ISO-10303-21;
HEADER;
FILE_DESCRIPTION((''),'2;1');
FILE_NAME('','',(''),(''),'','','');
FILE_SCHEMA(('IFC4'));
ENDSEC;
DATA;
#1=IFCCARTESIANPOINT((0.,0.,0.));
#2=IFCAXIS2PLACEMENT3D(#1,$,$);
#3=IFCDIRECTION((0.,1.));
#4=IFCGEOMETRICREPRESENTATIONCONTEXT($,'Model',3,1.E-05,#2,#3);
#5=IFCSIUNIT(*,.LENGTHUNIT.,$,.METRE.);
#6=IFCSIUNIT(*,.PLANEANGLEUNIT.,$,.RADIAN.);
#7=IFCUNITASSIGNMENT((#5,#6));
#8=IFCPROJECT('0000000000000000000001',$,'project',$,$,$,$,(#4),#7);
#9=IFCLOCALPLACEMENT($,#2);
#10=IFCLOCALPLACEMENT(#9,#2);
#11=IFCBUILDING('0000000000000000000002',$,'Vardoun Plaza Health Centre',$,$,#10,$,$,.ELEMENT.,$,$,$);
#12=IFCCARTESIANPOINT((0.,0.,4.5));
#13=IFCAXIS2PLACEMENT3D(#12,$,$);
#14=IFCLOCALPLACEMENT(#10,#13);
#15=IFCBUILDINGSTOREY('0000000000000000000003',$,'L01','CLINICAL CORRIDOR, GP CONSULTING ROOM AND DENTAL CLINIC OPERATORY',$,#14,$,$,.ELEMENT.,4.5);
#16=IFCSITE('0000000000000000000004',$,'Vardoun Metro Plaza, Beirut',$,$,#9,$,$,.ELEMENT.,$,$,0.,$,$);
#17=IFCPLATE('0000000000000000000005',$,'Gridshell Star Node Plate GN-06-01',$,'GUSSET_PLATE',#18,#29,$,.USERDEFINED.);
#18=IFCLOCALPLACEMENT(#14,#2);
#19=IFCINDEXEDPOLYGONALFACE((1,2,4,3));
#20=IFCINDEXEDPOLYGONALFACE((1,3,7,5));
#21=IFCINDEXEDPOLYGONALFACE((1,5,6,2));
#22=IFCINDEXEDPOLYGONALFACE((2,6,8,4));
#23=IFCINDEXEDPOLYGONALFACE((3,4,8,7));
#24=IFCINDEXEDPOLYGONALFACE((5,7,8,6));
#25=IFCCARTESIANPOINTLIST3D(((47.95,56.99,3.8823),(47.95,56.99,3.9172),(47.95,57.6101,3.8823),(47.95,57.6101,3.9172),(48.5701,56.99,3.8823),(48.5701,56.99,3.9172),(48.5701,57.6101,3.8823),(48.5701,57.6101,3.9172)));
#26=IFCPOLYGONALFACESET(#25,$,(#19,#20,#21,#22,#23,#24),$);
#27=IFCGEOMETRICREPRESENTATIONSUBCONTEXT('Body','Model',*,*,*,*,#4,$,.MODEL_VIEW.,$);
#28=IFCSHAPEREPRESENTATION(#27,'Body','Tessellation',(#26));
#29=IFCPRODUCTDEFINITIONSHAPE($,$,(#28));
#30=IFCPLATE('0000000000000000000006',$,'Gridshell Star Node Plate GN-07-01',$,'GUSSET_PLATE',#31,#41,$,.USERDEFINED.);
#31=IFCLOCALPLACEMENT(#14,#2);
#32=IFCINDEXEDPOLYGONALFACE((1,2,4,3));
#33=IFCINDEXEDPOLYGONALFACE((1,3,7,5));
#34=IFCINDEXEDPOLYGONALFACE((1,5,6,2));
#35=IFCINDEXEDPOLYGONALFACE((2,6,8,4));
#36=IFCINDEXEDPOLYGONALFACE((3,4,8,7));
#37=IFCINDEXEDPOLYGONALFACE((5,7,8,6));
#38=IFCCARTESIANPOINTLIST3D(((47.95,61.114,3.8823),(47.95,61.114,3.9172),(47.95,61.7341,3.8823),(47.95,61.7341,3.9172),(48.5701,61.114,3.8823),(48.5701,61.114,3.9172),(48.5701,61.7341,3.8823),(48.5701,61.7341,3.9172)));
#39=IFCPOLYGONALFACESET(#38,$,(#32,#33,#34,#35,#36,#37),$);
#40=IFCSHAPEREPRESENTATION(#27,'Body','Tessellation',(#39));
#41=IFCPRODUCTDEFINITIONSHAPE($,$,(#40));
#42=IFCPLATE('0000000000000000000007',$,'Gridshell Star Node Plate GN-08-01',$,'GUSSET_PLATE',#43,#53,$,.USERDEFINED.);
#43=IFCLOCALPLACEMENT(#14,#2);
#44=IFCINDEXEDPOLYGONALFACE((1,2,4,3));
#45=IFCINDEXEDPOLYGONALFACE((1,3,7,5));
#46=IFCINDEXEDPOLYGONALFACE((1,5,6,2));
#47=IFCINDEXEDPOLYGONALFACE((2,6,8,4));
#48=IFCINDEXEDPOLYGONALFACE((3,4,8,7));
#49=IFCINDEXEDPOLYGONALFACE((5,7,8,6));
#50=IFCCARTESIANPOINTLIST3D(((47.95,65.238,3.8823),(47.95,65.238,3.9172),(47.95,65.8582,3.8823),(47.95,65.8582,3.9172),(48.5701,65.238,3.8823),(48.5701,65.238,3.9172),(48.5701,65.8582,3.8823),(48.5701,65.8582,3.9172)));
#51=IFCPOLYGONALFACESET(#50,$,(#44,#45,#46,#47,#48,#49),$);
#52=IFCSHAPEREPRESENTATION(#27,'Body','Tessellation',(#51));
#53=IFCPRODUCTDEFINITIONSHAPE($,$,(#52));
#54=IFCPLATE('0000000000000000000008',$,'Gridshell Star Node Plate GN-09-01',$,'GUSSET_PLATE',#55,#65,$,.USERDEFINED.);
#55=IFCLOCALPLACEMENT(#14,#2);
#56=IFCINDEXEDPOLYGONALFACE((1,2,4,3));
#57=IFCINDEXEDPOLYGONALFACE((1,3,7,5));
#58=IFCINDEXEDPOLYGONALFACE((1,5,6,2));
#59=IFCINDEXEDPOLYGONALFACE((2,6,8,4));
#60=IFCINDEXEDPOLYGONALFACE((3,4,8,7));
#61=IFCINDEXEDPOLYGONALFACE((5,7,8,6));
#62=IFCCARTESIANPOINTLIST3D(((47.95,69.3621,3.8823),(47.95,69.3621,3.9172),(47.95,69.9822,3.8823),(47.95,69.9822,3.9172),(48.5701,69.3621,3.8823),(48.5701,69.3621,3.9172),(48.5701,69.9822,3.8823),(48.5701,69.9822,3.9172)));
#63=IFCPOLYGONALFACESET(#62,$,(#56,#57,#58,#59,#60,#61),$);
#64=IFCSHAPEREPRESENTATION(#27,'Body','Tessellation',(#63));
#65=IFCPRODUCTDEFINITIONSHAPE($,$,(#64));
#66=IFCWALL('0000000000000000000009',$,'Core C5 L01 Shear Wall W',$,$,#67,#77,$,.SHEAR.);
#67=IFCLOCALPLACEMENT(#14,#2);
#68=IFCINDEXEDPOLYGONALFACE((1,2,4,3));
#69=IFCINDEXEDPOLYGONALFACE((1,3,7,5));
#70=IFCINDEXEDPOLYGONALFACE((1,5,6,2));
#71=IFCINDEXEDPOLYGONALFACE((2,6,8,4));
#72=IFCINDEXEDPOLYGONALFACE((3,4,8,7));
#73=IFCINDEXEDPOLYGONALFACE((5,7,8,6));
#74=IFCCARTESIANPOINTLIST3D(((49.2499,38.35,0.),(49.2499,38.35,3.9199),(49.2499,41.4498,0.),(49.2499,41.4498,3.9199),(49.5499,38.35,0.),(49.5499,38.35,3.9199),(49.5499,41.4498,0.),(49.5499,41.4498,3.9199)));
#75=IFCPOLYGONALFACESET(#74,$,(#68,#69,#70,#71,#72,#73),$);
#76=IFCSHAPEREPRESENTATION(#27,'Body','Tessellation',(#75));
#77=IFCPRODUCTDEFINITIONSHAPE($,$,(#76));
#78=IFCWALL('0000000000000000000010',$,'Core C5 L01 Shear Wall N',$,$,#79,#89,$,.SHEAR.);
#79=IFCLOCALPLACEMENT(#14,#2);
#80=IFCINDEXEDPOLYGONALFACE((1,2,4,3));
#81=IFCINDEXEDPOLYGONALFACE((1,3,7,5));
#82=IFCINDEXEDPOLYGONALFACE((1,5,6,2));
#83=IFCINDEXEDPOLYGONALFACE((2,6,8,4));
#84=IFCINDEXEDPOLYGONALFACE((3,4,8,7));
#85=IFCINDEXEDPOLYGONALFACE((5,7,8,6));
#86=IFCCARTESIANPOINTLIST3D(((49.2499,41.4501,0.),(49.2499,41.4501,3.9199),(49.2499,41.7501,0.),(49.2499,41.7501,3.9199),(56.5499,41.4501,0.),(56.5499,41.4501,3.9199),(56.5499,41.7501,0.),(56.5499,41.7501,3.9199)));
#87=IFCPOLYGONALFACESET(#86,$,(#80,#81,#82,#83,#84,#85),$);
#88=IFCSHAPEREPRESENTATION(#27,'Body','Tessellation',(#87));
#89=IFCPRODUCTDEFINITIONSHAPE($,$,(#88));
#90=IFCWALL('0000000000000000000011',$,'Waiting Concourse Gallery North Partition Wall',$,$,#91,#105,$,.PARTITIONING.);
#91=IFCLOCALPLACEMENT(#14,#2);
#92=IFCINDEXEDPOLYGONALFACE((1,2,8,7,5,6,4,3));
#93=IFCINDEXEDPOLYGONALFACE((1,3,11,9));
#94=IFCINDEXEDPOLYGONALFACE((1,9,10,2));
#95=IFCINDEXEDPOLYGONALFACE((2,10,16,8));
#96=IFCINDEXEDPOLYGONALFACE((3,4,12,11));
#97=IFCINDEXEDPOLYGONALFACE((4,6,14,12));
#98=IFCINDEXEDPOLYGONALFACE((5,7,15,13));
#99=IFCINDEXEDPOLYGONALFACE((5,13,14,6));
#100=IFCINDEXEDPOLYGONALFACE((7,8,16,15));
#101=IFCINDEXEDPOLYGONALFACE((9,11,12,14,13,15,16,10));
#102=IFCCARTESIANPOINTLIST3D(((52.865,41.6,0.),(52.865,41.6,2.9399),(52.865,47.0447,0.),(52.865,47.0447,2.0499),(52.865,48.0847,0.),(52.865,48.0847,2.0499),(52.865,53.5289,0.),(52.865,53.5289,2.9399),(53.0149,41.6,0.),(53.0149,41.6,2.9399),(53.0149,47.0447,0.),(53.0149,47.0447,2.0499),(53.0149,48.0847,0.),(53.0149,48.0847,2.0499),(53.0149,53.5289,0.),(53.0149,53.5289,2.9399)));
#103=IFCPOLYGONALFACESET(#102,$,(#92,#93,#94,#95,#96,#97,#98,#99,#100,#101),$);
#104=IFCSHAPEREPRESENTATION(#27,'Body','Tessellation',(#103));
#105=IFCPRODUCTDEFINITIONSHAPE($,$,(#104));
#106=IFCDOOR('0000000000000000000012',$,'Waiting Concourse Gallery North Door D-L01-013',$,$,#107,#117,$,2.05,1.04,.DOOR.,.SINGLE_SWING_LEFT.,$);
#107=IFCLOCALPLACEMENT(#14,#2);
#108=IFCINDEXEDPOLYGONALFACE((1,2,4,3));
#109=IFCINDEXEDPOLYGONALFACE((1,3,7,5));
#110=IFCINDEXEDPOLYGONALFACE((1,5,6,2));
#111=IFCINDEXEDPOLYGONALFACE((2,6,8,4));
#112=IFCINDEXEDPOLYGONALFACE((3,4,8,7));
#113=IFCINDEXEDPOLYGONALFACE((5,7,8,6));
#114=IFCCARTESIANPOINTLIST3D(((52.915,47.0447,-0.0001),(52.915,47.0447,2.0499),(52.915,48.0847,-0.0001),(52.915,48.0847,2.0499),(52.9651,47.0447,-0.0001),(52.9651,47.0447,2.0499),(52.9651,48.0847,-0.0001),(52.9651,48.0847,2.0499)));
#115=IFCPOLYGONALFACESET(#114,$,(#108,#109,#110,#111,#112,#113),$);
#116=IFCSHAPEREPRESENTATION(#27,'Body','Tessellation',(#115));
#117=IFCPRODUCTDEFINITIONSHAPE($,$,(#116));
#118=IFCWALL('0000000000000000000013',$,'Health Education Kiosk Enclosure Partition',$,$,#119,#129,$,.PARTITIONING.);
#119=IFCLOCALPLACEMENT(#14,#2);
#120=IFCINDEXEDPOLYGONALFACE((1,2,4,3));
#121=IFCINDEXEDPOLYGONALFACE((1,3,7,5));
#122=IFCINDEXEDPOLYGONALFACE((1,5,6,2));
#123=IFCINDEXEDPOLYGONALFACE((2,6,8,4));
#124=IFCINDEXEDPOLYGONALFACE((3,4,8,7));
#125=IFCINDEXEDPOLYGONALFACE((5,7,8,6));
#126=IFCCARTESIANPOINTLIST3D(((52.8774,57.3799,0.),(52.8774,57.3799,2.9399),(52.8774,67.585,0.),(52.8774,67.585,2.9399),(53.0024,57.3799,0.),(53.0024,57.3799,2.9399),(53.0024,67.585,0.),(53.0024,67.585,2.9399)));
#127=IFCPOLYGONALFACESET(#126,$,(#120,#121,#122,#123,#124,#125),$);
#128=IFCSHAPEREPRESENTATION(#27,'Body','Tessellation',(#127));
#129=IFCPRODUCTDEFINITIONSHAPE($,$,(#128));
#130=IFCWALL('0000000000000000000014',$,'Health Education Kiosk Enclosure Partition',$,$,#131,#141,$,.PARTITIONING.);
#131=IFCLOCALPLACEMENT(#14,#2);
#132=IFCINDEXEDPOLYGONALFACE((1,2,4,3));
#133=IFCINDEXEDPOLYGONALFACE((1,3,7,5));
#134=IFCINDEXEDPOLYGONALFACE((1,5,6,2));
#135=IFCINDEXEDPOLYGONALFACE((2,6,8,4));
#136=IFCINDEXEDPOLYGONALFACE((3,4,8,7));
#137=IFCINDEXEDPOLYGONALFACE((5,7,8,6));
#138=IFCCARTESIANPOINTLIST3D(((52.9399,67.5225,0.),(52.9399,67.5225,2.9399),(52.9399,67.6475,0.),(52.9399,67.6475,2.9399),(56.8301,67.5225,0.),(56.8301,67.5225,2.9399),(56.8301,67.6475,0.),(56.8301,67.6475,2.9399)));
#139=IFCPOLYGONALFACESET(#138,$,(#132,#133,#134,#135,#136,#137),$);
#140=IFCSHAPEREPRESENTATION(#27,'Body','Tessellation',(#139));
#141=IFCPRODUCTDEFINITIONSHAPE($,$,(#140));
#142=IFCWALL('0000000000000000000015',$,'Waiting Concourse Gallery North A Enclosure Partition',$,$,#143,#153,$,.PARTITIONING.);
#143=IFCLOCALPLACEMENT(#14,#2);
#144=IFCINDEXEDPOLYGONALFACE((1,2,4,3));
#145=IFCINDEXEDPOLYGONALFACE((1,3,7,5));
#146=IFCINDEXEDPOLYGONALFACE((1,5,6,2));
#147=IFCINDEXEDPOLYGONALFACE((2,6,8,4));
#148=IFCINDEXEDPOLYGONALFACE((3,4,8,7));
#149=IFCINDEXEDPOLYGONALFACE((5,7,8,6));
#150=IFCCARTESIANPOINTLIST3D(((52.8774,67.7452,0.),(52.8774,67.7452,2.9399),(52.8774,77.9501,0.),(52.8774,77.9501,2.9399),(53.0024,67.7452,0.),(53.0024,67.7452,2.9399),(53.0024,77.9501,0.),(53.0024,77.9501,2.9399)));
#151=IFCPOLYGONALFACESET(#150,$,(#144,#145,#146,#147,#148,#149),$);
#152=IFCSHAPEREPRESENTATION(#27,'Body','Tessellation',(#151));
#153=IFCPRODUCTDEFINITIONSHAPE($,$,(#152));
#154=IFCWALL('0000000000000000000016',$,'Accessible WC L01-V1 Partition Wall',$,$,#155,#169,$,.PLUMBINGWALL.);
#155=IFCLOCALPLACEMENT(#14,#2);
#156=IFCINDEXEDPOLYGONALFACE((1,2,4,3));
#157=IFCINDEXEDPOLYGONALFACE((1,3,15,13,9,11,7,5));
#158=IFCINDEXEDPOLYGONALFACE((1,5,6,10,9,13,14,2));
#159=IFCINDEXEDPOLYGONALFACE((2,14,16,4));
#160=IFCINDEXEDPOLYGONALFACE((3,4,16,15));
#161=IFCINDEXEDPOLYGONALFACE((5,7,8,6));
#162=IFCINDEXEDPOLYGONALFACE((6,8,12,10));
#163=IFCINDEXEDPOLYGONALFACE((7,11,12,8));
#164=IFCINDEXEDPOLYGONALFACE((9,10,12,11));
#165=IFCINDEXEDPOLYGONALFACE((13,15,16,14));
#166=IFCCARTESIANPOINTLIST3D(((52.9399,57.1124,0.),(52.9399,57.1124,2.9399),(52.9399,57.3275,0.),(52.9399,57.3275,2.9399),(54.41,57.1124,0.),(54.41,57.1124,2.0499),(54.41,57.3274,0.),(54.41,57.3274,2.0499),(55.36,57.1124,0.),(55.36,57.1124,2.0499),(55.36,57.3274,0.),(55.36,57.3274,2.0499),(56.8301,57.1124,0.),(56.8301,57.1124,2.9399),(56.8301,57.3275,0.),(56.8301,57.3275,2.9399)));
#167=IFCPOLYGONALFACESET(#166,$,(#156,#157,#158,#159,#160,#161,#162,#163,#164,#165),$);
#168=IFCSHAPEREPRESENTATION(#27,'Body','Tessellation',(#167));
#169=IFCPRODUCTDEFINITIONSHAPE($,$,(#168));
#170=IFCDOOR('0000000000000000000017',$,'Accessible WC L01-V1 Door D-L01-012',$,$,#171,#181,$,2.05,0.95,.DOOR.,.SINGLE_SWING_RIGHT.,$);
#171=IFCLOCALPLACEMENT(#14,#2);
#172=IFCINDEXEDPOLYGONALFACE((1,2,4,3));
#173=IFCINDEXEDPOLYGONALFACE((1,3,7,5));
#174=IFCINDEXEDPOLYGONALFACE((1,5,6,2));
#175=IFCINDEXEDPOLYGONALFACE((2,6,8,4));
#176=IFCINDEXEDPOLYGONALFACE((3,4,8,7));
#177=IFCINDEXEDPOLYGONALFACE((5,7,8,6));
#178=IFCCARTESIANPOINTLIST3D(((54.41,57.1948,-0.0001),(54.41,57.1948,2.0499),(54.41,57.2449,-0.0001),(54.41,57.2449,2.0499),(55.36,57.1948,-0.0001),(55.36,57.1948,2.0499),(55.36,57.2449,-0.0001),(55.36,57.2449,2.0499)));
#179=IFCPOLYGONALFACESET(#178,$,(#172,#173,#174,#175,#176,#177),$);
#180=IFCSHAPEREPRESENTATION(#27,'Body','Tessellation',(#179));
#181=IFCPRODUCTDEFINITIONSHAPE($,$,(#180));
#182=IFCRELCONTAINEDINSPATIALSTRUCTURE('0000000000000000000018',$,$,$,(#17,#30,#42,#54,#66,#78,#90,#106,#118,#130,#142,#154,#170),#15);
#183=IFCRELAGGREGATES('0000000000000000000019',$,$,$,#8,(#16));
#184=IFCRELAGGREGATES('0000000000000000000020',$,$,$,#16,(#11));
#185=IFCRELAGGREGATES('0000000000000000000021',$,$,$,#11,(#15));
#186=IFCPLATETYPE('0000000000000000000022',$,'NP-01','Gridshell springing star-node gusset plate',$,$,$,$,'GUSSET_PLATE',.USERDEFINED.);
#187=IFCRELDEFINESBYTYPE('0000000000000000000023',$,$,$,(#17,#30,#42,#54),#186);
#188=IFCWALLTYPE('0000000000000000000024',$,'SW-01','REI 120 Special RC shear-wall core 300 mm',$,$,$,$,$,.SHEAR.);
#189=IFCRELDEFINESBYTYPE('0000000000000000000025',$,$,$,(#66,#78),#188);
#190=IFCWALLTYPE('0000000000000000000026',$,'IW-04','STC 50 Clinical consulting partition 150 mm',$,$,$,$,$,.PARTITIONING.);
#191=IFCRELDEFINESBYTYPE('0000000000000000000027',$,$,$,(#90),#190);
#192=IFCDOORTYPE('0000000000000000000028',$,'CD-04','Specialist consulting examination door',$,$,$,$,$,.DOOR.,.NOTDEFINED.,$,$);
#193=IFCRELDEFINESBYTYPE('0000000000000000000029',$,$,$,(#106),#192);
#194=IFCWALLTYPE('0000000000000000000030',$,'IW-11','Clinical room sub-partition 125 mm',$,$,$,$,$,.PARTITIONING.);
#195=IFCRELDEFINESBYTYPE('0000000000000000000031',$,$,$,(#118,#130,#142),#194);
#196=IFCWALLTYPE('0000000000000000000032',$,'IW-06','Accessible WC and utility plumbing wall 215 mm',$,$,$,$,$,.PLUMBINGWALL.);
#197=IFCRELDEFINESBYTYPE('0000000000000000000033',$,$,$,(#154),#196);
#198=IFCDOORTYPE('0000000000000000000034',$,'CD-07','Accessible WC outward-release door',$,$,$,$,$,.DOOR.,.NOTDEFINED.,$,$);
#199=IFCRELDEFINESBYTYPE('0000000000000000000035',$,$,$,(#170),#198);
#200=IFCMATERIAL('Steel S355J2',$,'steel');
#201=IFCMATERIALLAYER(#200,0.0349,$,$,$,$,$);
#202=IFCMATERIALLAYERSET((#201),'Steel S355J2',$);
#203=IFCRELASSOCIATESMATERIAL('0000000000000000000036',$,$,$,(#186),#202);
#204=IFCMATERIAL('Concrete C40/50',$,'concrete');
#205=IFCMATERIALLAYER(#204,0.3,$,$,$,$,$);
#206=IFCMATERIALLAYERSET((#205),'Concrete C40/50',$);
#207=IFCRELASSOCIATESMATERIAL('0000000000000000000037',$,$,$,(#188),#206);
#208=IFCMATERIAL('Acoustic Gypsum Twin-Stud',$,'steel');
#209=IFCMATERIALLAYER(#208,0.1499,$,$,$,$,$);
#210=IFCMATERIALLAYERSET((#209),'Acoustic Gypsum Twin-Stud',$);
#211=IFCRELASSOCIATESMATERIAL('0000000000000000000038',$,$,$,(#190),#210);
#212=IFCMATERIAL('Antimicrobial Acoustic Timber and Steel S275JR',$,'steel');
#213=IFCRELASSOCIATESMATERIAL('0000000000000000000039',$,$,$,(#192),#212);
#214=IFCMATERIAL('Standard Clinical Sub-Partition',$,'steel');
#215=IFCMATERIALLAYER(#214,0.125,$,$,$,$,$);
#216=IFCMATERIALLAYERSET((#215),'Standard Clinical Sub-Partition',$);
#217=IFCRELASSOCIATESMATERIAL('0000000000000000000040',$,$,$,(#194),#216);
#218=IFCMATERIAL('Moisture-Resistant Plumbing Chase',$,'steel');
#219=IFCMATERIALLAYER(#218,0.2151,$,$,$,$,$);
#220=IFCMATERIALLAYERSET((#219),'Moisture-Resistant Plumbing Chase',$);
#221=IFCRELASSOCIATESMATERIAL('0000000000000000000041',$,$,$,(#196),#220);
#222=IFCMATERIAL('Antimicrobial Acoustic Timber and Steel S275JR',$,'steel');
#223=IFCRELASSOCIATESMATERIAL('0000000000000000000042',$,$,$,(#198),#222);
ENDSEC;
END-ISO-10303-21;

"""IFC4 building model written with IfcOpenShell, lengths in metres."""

from ifc_helpers import new_model, si_unit, direction, frame, frame_2d, origin, origin_2d, place, context, subcontext, project, spatial, rectangle, extrude, material, layer, layer_set, type_object, element, fill, save


model = new_model("IFC4")

# Units and contexts
model_context = context("Model", 3, precision=1e-05, world=origin(), true_north=direction((0.0, 1.0)))
body_context = subcontext(model_context, "Body", "Model", "MODEL_VIEW")
ifc_project = project(units=[si_unit("LENGTHUNIT", "METRE"), si_unit("PLANEANGLEUNIT", "RADIAN")], contexts=[model_context])

# Site, building, storey
site_placement = place(None, origin())
site = spatial("IfcSite", under=ifc_project, at=site_placement, Name="Vardoun Metro Plaza, Beirut", CompositionType="ELEMENT", RefElevation=0.0)
building_placement = place(site_placement, origin())
building = spatial("IfcBuilding", under=site, at=building_placement, Name="Vardoun Plaza Health Centre", CompositionType="ELEMENT")
storey_placement = place(building_placement, frame((0.0, 0.0, 4.5)))
storey = spatial("IfcBuildingStorey", under=building, at=storey_placement, Name="L01", Description="CLINICAL CORRIDOR, GP CONSULTING ROOM AND DENTAL CLINIC OPERATORY", CompositionType="ELEMENT", Elevation=4.5)

# Plates
ifc_material_1 = material(Name="Steel S355J2", Category="steel")
ifc_layer_1 = layer(ifc_material_1, 0.0349)
ifc_layer_set_1 = layer_set([ifc_layer_1], Name="Steel S355J2")
plate_type_1 = type_object("IfcPlateType", Name="NP-01", Description="Gridshell springing star-node gusset plate", ElementType="GUSSET_PLATE", PredefinedType="USERDEFINED", material=ifc_layer_set_1)
for number, where, z_axis, x_axis, name in (
    (1, (48.26, 57.3, 3.8823), (0.0, 0.0, 1.0), (1.0, 0.0, 0.0), "Gridshell Star Node Plate GN-06-01"),
    (2, (48.26, 61.4241, 3.8823), (0.0, 0.0, 1.0), (1.0, 0.0, 0.0), "Gridshell Star Node Plate GN-07-01"),
    (3, (48.26, 65.5481, 3.8823), (0.0, 0.0, 1.0), (1.0, 0.0, 0.0), "Gridshell Star Node Plate GN-08-01"),
    (4, (48.26, 69.6721, 3.8823), (0.0, 0.0, 1.0), (1.0, 0.0, 0.0), "Gridshell Star Node Plate GN-09-01"),
):
    element("IfcPlate", number, at=place(storey_placement, frame(where, z_axis=z_axis, x_axis=x_axis)), inside=storey, type_object=plate_type_1, Name=name, ObjectType="GUSSET_PLATE", PredefinedType="USERDEFINED", context=body_context, shape_type="SweptSolid", body=[
        extrude(rectangle(XDim=0.6201, YDim=0.6201, at=origin_2d()), origin(), (0.0, 0.0, 1.0), 0.0349),
    ])

# Walls
ifc_material_2 = material(Name="Concrete C40/50", Category="concrete")
ifc_layer_2 = layer(ifc_material_2, 0.3)
ifc_layer_set_2 = layer_set([ifc_layer_2], Name="Concrete C40/50")
wall_type_1 = type_object("IfcWallType", Name="SW-01", Description="REI 120 Special RC shear-wall core 300 mm", PredefinedType="SHEAR", material=ifc_layer_set_2)
wall_1_placement = place(storey_placement, frame((49.3999, 38.3501, 0.0), z_axis=(0.0, 0.0, 1.0), x_axis=(0.0, 1.0, 0.0)))
element("IfcWall", 5, at=wall_1_placement, inside=storey, type_object=wall_type_1, Name="Core C5 L01 Shear Wall W", PredefinedType="SHEAR", context=body_context, shape_type="SweptSolid", body=[
    extrude(rectangle(XDim=3.0999, YDim=0.3, at=frame_2d((1.5498, 0.0))), origin(), (0.0, 0.0, 1.0), 3.9199),
])
wall_2_placement = place(storey_placement, frame((49.25, 41.6001, 0.0), z_axis=(0.0, 0.0, 1.0), x_axis=(1.0, 0.0, 0.0)))
element("IfcWall", 6, at=wall_2_placement, inside=storey, type_object=wall_type_1, Name="Core C5 L01 Shear Wall N", PredefinedType="SHEAR", context=body_context, shape_type="SweptSolid", body=[
    extrude(rectangle(XDim=7.3, YDim=0.3, at=frame_2d((3.6499, 0.0))), origin(), (0.0, 0.0, 1.0), 3.9199),
])

# Wall, opening, door
ifc_material_3 = material(Name="Acoustic Gypsum Twin-Stud", Category="steel")
ifc_layer_3 = layer(ifc_material_3, 0.1499)
ifc_layer_set_3 = layer_set([ifc_layer_3], Name="Acoustic Gypsum Twin-Stud")
wall_type_2 = type_object("IfcWallType", Name="IW-04", Description="STC 50 Clinical consulting partition 150 mm", PredefinedType="PARTITIONING", material=ifc_layer_set_3)
wall_3_placement = place(storey_placement, frame((52.9399, 41.6001, 0.0), z_axis=(0.0, 0.0, 1.0), x_axis=(0.0, 1.0, 0.0)))
wall_3 = element("IfcWall", 7, at=wall_3_placement, inside=storey, type_object=wall_type_2, Name="Waiting Concourse Gallery North Partition Wall", PredefinedType="PARTITIONING", context=body_context, shape_type="SweptSolid", body=[
    extrude(rectangle(XDim=11.929, YDim=0.1499, at=frame_2d((5.9644, 0.0))), origin(), (0.0, 0.0, 1.0), 2.9399),
])
opening_1_placement = place(wall_3_placement, frame((5.4446, 0.0, 0.0)))
opening_1 = element("IfcOpeningElement", 8, at=opening_1_placement, cuts=wall_3, PredefinedType="OPENING", context=body_context, shape_type="SweptSolid", body=[
    extrude(rectangle(XDim=1.04, YDim=2.05, at=frame_2d((0.52, 1.0249))), frame((0.0, 0.075, 0.0), z_axis=(0.0, -1.0, 0.0), x_axis=(1.0, 0.0, 0.0)), (0.0, 0.0, 1.0), 0.1499),
])
ifc_material_4 = material(Name="Antimicrobial Acoustic Timber and Steel S275JR", Category="steel")
door_type_1 = type_object("IfcDoorType", Name="CD-04", Description="Specialist consulting examination door", OperationType="NOTDEFINED", PredefinedType="DOOR", material=ifc_material_4)
door_1_placement = place(opening_1_placement, origin())
door_1 = element("IfcDoor", 9, at=door_1_placement, inside=storey, type_object=door_type_1, Name="Waiting Concourse Gallery North Door D-L01-013", OperationType="SINGLE_SWING_LEFT", OverallHeight=2.05, OverallWidth=1.04, PredefinedType="DOOR", context=body_context, shape_type="SweptSolid", body=[
    extrude(rectangle(XDim=1.04, YDim=2.05, at=frame_2d((0.52, 1.0249))), frame((0.0, 0.0249, 0.0), z_axis=(0.0, -1.0, 0.0), x_axis=(1.0, 0.0, 0.0)), (0.0, 0.0, 1.0), 0.05),
])
fill(opening_1, door_1)

# Walls
ifc_material_5 = material(Name="Standard Clinical Sub-Partition", Category="steel")
ifc_layer_4 = layer(ifc_material_5, 0.125)
ifc_layer_set_4 = layer_set([ifc_layer_4], Name="Standard Clinical Sub-Partition")
wall_type_3 = type_object("IfcWallType", Name="IW-11", Description="Clinical room sub-partition 125 mm", PredefinedType="PARTITIONING", material=ifc_layer_set_4)
wall_4_placement = place(storey_placement, frame((52.9399, 57.3799, 0.0), z_axis=(0.0, 0.0, 1.0), x_axis=(0.0, 1.0, 0.0)))
element("IfcWall", 10, at=wall_4_placement, inside=storey, type_object=wall_type_3, Name="Health Education Kiosk Enclosure Partition", PredefinedType="PARTITIONING", context=body_context, shape_type="SweptSolid", body=[
    extrude(rectangle(XDim=10.2051, YDim=0.125, at=frame_2d((5.1025, 0.0))), origin(), (0.0, 0.0, 1.0), 2.9399),
])
wall_5_placement = place(storey_placement, frame((52.9399, 67.585, 0.0), z_axis=(0.0, 0.0, 1.0), x_axis=(1.0, 0.0, 0.0)))
element("IfcWall", 11, at=wall_5_placement, inside=storey, type_object=wall_type_3, Name="Health Education Kiosk Enclosure Partition", PredefinedType="PARTITIONING", context=body_context, shape_type="SweptSolid", body=[
    extrude(rectangle(XDim=3.8901, YDim=0.125, at=frame_2d((1.9451, 0.0))), origin(), (0.0, 0.0, 1.0), 2.9399),
])
wall_6_placement = place(storey_placement, frame((52.9399, 67.7451, 0.0), z_axis=(0.0, 0.0, 1.0), x_axis=(0.0, 1.0, 0.0)))
element("IfcWall", 12, at=wall_6_placement, inside=storey, type_object=wall_type_3, Name="Waiting Concourse Gallery North A Enclosure Partition", PredefinedType="PARTITIONING", context=body_context, shape_type="SweptSolid", body=[
    extrude(rectangle(XDim=10.2048, YDim=0.125, at=frame_2d((5.1025, 0.0))), origin(), (0.0, 0.0, 1.0), 2.9399),
])

# Wall, opening, door
ifc_material_6 = material(Name="Moisture-Resistant Plumbing Chase", Category="steel")
ifc_layer_5 = layer(ifc_material_6, 0.2151)
ifc_layer_set_5 = layer_set([ifc_layer_5], Name="Moisture-Resistant Plumbing Chase")
wall_type_4 = type_object("IfcWallType", Name="IW-06", Description="Accessible WC and utility plumbing wall 215 mm", PredefinedType="PLUMBINGWALL", material=ifc_layer_set_5)
wall_7_placement = place(storey_placement, frame((52.9399, 57.22, 0.0), z_axis=(0.0, 0.0, 1.0), x_axis=(1.0, 0.0, 0.0)))
wall_7 = element("IfcWall", 13, at=wall_7_placement, inside=storey, type_object=wall_type_4, Name="Accessible WC L01-V1 Partition Wall", PredefinedType="PLUMBINGWALL", context=body_context, shape_type="SweptSolid", body=[
    extrude(rectangle(XDim=3.8901, YDim=0.2151, at=frame_2d((1.9451, 0.0))), origin(), (0.0, 0.0, 1.0), 2.9399),
])
opening_2_placement = place(wall_7_placement, frame((1.47, 0.0, 0.0)))
opening_2 = element("IfcOpeningElement", 14, at=opening_2_placement, cuts=wall_7, PredefinedType="OPENING", context=body_context, shape_type="SweptSolid", body=[
    extrude(rectangle(XDim=0.95, YDim=2.05, at=frame_2d((0.4751, 1.0249))), frame((0.0, 0.1074, 0.0), z_axis=(0.0, -1.0, 0.0), x_axis=(1.0, 0.0, 0.0)), (0.0, 0.0, 1.0), 0.2151),
])
ifc_material_7 = material(Name="Antimicrobial Acoustic Timber and Steel S275JR", Category="steel")
door_type_2 = type_object("IfcDoorType", Name="CD-07", Description="Accessible WC outward-release door", OperationType="NOTDEFINED", PredefinedType="DOOR", material=ifc_material_7)
door_2_placement = place(opening_2_placement, origin())
door_2 = element("IfcDoor", 15, at=door_2_placement, inside=storey, type_object=door_type_2, Name="Accessible WC L01-V1 Door D-L01-012", OperationType="SINGLE_SWING_RIGHT", OverallHeight=2.05, OverallWidth=0.95, PredefinedType="DOOR", context=body_context, shape_type="SweptSolid", body=[
    extrude(rectangle(XDim=0.95, YDim=2.05, at=frame_2d((0.4751, 1.0249))), frame((0.0, 0.0249, 0.0), z_axis=(0.0, -1.0, 0.0), x_axis=(1.0, 0.0, 0.0)), (0.0, 0.0, 1.0), 0.05),
])
fill(opening_2, door_2)

save(model, "model.ifc")
